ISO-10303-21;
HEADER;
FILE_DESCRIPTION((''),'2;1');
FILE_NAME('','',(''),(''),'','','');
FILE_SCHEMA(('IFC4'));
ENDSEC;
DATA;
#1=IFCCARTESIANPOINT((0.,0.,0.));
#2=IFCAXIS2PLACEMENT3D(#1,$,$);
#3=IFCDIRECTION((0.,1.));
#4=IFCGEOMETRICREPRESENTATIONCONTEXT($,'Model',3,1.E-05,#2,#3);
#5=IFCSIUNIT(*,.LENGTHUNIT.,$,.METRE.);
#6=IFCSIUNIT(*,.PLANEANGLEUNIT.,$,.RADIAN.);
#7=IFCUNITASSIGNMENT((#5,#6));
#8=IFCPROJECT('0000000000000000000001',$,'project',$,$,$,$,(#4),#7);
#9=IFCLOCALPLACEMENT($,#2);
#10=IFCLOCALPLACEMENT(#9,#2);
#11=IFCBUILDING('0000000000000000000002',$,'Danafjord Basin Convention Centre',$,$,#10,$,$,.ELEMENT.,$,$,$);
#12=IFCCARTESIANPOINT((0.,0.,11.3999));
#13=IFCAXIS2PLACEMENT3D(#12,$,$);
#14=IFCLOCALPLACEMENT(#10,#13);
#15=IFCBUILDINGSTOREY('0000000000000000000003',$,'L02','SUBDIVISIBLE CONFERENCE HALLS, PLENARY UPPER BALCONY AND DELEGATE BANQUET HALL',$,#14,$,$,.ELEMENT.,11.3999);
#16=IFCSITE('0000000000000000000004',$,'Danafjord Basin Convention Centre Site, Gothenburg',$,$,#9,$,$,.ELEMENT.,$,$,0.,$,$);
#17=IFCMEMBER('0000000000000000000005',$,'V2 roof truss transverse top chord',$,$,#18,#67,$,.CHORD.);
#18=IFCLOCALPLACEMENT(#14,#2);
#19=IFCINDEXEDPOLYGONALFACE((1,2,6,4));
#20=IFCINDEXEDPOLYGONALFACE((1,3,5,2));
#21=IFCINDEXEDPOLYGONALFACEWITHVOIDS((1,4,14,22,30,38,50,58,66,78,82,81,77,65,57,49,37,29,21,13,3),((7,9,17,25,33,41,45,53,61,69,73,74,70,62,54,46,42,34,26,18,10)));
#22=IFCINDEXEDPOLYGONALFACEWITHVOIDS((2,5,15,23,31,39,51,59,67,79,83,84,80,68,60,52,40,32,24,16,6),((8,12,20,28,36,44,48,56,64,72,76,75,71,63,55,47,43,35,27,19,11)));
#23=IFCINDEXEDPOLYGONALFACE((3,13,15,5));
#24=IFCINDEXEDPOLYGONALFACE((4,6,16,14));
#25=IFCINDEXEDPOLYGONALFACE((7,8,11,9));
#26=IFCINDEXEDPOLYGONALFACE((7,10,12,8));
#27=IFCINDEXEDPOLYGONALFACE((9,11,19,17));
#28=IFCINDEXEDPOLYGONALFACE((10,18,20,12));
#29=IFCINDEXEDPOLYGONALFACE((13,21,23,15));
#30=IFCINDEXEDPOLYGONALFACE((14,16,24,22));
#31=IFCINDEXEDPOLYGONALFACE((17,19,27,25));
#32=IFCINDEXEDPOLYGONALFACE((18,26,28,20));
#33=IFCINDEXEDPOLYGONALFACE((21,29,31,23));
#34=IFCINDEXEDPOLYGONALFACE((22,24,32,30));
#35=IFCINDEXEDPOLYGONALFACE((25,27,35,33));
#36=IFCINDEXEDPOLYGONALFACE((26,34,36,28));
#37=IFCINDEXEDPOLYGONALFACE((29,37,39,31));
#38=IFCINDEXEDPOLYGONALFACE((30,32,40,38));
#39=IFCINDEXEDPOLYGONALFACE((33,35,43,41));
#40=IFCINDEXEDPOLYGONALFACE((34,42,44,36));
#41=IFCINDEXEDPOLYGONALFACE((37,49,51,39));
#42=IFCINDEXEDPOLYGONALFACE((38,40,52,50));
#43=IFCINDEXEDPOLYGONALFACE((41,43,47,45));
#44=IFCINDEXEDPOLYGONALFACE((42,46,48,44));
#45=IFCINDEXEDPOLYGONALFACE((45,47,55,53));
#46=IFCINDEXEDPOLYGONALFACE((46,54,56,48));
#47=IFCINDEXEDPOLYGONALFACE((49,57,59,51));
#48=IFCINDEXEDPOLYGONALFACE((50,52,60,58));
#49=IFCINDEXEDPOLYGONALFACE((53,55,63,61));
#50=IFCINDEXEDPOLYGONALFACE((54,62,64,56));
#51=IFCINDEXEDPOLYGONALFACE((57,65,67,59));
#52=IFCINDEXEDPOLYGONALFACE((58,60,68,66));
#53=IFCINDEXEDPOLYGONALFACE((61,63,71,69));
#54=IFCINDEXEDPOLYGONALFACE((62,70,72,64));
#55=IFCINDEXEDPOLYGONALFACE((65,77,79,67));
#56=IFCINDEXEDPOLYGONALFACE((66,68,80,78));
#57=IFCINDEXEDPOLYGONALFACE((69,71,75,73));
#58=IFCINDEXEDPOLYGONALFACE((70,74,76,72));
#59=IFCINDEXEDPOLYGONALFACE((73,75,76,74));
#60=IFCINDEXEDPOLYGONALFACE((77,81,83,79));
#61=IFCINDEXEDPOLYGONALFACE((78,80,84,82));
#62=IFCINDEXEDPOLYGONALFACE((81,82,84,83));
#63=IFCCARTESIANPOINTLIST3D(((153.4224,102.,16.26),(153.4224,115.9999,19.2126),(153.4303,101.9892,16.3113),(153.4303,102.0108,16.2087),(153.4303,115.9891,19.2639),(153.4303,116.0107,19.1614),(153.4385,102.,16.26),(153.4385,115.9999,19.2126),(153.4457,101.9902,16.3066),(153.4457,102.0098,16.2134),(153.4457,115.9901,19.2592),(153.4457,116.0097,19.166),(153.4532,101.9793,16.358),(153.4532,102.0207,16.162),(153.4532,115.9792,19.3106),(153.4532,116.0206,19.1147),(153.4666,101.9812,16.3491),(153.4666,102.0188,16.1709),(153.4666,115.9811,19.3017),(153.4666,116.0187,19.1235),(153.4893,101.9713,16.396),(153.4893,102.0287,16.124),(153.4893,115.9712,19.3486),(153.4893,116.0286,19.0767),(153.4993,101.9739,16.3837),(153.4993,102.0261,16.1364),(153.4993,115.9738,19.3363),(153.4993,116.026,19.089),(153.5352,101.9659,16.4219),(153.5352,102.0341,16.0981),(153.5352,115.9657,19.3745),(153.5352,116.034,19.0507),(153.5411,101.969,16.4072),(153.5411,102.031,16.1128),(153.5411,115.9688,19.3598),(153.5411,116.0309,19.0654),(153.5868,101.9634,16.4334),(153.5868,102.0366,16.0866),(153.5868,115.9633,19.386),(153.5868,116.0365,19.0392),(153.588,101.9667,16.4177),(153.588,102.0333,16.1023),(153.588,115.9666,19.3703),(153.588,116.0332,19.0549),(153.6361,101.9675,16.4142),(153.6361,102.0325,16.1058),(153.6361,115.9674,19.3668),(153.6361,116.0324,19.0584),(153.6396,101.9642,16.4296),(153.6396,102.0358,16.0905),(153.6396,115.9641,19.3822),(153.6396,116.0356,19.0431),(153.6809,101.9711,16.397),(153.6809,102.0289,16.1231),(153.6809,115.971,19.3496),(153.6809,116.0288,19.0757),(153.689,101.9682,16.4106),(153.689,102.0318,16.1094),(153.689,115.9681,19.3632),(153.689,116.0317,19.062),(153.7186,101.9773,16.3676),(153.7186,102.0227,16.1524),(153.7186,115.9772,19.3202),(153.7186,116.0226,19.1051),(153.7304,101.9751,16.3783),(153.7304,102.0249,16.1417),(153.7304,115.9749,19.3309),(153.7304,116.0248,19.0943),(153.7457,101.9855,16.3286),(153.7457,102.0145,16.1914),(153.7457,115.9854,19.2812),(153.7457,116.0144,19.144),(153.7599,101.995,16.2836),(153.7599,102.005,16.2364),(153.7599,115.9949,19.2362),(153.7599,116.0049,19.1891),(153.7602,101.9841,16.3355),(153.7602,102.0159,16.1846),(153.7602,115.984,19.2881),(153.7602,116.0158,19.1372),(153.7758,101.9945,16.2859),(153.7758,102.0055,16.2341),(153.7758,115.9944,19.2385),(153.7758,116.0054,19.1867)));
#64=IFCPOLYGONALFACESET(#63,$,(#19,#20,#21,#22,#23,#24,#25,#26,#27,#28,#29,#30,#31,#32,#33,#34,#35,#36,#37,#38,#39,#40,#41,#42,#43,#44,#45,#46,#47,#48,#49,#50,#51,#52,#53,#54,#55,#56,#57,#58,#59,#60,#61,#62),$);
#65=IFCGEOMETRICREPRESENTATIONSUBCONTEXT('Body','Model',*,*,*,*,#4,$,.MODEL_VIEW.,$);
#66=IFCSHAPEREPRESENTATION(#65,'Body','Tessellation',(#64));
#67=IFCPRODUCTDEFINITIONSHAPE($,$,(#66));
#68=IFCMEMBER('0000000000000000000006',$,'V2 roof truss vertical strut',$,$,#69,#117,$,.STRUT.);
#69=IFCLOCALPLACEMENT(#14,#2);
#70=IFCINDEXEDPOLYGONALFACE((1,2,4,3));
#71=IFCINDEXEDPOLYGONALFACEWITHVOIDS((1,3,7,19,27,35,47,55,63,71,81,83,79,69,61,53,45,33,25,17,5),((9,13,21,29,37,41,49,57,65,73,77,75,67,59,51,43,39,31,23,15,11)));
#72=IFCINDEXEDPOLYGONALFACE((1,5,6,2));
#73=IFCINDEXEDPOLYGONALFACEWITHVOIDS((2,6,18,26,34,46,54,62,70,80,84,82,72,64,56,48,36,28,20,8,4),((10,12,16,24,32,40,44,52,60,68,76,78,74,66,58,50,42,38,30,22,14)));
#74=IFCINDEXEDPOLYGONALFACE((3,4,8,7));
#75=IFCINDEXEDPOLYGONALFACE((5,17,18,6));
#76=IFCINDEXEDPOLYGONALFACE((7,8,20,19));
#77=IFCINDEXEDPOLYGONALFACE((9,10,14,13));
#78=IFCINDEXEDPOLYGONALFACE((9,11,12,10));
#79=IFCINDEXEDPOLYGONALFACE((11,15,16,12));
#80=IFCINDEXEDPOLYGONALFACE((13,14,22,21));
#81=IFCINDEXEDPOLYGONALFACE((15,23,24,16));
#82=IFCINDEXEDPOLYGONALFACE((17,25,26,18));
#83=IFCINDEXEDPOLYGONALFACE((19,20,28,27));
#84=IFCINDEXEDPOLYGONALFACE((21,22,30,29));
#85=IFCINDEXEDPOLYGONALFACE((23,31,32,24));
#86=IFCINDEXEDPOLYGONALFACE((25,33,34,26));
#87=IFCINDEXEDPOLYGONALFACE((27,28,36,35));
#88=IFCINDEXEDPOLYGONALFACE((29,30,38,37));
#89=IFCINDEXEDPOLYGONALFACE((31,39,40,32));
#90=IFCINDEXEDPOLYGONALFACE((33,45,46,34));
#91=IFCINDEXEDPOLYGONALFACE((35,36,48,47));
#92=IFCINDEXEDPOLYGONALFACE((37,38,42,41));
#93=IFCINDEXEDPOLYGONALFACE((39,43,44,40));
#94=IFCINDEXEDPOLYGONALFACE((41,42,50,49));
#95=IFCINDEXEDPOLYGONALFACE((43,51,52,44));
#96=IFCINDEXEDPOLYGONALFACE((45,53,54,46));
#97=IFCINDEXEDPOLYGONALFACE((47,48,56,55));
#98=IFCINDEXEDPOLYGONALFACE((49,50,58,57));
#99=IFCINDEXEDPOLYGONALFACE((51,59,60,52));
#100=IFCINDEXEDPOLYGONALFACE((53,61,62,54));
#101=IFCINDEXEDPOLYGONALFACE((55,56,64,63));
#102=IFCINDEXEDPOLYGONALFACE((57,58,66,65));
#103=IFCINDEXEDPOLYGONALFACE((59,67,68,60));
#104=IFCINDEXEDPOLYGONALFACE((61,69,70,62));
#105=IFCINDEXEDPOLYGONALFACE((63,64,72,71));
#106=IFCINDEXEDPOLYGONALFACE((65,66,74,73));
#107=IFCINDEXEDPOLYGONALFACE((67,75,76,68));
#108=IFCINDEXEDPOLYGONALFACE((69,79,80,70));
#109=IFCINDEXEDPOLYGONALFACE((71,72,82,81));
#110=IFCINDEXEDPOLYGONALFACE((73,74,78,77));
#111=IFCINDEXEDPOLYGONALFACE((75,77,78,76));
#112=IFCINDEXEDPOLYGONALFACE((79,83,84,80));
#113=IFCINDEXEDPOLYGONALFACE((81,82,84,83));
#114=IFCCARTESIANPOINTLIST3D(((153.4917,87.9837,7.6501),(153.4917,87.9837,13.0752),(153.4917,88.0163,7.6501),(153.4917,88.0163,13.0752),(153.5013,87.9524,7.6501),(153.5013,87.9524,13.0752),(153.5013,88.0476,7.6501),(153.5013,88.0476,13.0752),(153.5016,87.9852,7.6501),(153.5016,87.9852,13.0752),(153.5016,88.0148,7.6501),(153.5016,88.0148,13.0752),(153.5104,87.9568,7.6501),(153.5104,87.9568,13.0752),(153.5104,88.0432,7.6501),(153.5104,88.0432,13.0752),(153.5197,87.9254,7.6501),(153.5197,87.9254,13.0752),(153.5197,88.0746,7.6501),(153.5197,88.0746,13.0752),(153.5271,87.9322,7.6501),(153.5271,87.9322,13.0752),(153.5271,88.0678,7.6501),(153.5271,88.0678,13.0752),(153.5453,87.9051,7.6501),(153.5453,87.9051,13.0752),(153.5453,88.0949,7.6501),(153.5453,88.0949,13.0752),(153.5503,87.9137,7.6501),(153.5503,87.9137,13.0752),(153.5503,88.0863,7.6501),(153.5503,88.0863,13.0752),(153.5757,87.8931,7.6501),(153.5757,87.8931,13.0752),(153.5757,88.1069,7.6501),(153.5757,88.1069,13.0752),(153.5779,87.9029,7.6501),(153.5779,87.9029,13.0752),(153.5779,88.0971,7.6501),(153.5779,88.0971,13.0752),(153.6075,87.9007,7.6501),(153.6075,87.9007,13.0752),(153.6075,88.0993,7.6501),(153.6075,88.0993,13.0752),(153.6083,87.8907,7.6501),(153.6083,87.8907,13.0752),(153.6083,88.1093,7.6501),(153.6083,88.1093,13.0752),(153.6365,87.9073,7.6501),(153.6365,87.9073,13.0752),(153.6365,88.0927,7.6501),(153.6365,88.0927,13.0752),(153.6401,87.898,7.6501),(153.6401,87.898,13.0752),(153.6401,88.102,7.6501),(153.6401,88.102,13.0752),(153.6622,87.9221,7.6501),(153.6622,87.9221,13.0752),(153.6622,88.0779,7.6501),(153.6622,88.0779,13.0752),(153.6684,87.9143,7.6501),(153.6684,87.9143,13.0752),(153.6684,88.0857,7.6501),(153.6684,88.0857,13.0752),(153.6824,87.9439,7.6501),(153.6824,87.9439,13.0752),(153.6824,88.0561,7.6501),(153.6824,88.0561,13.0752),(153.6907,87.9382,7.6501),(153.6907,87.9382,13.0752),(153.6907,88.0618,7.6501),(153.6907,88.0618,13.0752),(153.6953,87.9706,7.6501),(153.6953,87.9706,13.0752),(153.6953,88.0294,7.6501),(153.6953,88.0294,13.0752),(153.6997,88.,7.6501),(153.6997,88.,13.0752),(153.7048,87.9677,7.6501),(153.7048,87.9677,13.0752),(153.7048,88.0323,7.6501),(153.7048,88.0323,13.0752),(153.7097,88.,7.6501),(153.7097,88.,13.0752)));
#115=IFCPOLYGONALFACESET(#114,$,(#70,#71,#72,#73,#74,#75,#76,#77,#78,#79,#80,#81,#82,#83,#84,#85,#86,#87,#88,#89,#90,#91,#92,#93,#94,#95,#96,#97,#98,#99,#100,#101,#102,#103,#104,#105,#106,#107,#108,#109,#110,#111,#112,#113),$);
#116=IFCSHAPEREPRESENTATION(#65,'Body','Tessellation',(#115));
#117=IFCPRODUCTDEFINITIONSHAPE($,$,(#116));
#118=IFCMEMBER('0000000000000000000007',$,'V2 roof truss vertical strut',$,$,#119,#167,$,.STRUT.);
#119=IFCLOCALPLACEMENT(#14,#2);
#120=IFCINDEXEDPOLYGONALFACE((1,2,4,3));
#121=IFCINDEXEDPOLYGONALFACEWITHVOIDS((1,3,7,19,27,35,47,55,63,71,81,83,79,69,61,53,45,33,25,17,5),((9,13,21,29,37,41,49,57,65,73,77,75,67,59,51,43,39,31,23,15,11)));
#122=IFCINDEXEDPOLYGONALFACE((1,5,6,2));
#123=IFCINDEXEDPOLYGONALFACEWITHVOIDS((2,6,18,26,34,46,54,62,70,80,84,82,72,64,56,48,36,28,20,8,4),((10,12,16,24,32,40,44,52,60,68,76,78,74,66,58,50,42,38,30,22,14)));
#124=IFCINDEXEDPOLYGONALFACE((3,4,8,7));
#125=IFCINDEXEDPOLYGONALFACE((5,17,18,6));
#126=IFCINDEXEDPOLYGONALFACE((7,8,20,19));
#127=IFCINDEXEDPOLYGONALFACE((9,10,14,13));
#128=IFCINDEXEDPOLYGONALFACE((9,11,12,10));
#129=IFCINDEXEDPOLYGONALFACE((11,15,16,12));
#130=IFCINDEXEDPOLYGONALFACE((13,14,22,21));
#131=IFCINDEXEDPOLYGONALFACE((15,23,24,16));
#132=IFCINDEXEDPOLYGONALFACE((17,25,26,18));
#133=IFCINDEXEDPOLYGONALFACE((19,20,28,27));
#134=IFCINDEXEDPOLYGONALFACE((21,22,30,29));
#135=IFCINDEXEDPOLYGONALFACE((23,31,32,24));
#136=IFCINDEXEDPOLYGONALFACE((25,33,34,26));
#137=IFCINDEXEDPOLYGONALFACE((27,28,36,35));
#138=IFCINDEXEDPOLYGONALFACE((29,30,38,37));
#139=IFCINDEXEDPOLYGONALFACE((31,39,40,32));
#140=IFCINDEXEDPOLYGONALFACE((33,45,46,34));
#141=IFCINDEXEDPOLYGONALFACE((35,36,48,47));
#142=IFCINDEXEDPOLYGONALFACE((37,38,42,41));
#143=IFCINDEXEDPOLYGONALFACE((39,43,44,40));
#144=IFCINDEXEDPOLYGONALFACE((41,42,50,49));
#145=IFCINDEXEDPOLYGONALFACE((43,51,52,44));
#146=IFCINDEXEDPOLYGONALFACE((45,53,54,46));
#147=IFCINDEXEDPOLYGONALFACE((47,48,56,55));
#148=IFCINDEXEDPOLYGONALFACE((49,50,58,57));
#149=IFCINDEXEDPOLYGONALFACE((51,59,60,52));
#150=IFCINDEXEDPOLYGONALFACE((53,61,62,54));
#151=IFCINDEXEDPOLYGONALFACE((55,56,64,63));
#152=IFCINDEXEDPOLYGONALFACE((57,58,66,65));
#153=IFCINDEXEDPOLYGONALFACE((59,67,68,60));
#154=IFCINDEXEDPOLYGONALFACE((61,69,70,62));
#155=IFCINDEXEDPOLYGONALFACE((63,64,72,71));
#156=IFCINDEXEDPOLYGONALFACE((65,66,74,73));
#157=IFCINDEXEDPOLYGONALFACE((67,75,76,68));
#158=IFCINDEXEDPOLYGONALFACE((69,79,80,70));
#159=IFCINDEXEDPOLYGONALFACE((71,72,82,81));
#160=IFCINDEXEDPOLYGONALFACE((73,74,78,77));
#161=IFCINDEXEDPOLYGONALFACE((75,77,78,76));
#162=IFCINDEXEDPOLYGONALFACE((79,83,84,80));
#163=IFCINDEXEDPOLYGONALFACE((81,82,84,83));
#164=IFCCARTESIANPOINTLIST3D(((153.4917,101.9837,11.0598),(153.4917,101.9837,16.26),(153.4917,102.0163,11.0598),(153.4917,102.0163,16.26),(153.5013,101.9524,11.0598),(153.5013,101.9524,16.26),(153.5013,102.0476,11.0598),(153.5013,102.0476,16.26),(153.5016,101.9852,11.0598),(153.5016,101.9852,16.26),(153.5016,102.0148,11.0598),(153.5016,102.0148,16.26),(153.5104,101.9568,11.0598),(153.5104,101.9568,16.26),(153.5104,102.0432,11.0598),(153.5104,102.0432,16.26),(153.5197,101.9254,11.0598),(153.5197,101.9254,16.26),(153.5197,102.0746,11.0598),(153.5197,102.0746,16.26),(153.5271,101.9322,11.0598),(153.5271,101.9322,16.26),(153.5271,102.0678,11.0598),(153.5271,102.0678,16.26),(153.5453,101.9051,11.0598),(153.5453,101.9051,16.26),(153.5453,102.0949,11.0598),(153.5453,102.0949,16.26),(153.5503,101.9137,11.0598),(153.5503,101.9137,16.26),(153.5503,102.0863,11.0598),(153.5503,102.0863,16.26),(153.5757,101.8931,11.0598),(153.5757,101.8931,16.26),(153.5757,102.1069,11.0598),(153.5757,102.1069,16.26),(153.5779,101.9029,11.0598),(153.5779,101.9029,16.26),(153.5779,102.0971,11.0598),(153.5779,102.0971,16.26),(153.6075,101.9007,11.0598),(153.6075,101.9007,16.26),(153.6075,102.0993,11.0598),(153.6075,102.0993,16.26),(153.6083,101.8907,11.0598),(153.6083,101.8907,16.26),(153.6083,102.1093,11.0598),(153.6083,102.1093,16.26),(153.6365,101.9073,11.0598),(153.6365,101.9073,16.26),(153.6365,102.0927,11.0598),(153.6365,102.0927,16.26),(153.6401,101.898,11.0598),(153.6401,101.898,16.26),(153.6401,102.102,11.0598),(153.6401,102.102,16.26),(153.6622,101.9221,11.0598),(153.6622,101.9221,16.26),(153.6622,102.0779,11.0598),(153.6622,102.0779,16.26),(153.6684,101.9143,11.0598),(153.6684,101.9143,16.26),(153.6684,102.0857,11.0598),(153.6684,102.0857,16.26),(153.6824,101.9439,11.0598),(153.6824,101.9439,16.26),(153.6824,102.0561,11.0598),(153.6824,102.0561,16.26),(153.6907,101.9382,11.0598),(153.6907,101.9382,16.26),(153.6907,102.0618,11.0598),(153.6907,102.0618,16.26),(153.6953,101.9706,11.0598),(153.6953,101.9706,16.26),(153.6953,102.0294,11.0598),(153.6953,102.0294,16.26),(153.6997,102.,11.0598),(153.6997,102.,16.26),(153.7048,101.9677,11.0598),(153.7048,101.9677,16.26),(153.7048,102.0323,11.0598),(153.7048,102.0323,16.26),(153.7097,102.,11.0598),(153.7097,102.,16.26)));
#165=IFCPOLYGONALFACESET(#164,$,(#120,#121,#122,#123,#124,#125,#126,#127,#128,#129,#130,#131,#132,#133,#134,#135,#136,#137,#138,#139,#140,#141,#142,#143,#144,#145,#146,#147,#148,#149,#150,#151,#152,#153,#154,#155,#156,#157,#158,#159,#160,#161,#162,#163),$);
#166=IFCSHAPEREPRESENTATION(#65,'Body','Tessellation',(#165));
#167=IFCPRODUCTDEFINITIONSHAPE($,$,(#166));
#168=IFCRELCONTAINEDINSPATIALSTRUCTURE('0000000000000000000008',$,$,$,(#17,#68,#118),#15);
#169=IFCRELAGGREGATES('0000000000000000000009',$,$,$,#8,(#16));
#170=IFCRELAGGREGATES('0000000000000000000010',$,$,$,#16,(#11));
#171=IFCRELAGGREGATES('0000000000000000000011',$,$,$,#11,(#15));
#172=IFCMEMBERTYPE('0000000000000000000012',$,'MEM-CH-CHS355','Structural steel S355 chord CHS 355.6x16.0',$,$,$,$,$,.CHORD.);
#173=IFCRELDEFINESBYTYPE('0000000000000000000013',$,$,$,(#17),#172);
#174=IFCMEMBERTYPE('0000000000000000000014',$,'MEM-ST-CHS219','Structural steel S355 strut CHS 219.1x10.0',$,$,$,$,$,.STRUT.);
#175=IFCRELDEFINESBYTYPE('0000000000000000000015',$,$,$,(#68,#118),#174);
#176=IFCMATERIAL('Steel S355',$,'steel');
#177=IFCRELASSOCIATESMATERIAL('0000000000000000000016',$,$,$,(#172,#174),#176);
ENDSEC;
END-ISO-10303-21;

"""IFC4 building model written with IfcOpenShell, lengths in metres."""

from ifc_helpers import new_model, si_unit, direction, frame, origin, origin_2d, place, context, subcontext, project, spatial, hollow_circle, extrude, material, material_profile, profile_set, type_object, element, save


model = new_model("IFC4")

# Units and contexts
model_context = context("Model", 3, precision=1e-05, world=origin(), true_north=direction((0.0, 1.0)))
body_context = subcontext(model_context, "Body", "Model", "MODEL_VIEW")
ifc_project = project(units=[si_unit("LENGTHUNIT", "METRE"), si_unit("PLANEANGLEUNIT", "RADIAN")], contexts=[model_context])

# Site, building, storey
site_placement = place(None, origin())
site = spatial("IfcSite", under=ifc_project, at=site_placement, Name="Danafjord Basin Convention Centre Site, Gothenburg", CompositionType="ELEMENT", RefElevation=0.0)
building_placement = place(site_placement, origin())
building = spatial("IfcBuilding", under=site, at=building_placement, Name="Danafjord Basin Convention Centre", CompositionType="ELEMENT")
storey_placement = place(building_placement, frame((0.0, 0.0, 11.3999)))
storey = spatial("IfcBuildingStorey", under=building, at=storey_placement, Name="L02", Description="SUBDIVISIBLE CONFERENCE HALLS, PLENARY UPPER BALCONY AND DELEGATE BANQUET HALL", CompositionType="ELEMENT", Elevation=11.3999)

# Shared definitions
ifc_material = material(Name="Steel S355", Category="steel")

# Members
ifc_material_profile_1 = material_profile(ifc_material, hollow_circle(Radius=0.1777, WallThickness=0.0161, at=origin_2d()), Name="CHS 355.6x16.0")
ifc_profile_set_1 = profile_set([ifc_material_profile_1], Name="Steel S355")
member_type_1 = type_object("IfcMemberType", Name="MEM-CH-CHS355", Description="Structural steel S355 chord CHS 355.6x16.0", PredefinedType="CHORD", material=ifc_profile_set_1)
member_1_placement = place(storey_placement, frame((153.6001, 102.0, 16.26), z_axis=(0.0, 0.978475, 0.206363), x_axis=(-1.0, 0.0, 0.0)))
element("IfcMember", 1, at=member_1_placement, inside=storey, type_object=member_type_1, Name="V2 roof truss transverse top chord", PredefinedType="CHORD", context=body_context, shape_type="SweptSolid", body=[
    extrude(hollow_circle(Radius=0.1777, WallThickness=0.0161, at=origin_2d()), origin(), (0.0, 0.0, 1.0), 14.3079),
])
ifc_material_profile_2 = material_profile(ifc_material, hollow_circle(Radius=0.1096, WallThickness=0.01, at=origin_2d()), Name="CHS 219.1x10.0")
ifc_profile_set_2 = profile_set([ifc_material_profile_2], Name="Steel S355")
member_type_2 = type_object("IfcMemberType", Name="MEM-ST-CHS219", Description="Structural steel S355 strut CHS 219.1x10.0", PredefinedType="STRUT", material=ifc_profile_set_2)
member_2_placement = place(storey_placement, frame((153.6001, 88.0, 7.6501), z_axis=(0.0, 0.0, 1.0), x_axis=(1.0, 0.0, 0.0)))
element("IfcMember", 2, at=member_2_placement, inside=storey, type_object=member_type_2, Name="V2 roof truss vertical strut", PredefinedType="STRUT", context=body_context, shape_type="SweptSolid", body=[
    extrude(hollow_circle(Radius=0.1096, WallThickness=0.01, at=origin_2d()), origin(), (0.0, 0.0, 1.0), 5.425),
])
member_3_placement = place(storey_placement, frame((153.6001, 102.0, 11.0598), z_axis=(0.0, 0.0, 1.0), x_axis=(1.0, 0.0, 0.0)))
element("IfcMember", 3, at=member_3_placement, inside=storey, type_object=member_type_2, Name="V2 roof truss vertical strut", PredefinedType="STRUT", context=body_context, shape_type="SweptSolid", body=[
    extrude(hollow_circle(Radius=0.1096, WallThickness=0.01, at=origin_2d()), origin(), (0.0, 0.0, 1.0), 5.2002),
])

save(model, "model.ifc")
